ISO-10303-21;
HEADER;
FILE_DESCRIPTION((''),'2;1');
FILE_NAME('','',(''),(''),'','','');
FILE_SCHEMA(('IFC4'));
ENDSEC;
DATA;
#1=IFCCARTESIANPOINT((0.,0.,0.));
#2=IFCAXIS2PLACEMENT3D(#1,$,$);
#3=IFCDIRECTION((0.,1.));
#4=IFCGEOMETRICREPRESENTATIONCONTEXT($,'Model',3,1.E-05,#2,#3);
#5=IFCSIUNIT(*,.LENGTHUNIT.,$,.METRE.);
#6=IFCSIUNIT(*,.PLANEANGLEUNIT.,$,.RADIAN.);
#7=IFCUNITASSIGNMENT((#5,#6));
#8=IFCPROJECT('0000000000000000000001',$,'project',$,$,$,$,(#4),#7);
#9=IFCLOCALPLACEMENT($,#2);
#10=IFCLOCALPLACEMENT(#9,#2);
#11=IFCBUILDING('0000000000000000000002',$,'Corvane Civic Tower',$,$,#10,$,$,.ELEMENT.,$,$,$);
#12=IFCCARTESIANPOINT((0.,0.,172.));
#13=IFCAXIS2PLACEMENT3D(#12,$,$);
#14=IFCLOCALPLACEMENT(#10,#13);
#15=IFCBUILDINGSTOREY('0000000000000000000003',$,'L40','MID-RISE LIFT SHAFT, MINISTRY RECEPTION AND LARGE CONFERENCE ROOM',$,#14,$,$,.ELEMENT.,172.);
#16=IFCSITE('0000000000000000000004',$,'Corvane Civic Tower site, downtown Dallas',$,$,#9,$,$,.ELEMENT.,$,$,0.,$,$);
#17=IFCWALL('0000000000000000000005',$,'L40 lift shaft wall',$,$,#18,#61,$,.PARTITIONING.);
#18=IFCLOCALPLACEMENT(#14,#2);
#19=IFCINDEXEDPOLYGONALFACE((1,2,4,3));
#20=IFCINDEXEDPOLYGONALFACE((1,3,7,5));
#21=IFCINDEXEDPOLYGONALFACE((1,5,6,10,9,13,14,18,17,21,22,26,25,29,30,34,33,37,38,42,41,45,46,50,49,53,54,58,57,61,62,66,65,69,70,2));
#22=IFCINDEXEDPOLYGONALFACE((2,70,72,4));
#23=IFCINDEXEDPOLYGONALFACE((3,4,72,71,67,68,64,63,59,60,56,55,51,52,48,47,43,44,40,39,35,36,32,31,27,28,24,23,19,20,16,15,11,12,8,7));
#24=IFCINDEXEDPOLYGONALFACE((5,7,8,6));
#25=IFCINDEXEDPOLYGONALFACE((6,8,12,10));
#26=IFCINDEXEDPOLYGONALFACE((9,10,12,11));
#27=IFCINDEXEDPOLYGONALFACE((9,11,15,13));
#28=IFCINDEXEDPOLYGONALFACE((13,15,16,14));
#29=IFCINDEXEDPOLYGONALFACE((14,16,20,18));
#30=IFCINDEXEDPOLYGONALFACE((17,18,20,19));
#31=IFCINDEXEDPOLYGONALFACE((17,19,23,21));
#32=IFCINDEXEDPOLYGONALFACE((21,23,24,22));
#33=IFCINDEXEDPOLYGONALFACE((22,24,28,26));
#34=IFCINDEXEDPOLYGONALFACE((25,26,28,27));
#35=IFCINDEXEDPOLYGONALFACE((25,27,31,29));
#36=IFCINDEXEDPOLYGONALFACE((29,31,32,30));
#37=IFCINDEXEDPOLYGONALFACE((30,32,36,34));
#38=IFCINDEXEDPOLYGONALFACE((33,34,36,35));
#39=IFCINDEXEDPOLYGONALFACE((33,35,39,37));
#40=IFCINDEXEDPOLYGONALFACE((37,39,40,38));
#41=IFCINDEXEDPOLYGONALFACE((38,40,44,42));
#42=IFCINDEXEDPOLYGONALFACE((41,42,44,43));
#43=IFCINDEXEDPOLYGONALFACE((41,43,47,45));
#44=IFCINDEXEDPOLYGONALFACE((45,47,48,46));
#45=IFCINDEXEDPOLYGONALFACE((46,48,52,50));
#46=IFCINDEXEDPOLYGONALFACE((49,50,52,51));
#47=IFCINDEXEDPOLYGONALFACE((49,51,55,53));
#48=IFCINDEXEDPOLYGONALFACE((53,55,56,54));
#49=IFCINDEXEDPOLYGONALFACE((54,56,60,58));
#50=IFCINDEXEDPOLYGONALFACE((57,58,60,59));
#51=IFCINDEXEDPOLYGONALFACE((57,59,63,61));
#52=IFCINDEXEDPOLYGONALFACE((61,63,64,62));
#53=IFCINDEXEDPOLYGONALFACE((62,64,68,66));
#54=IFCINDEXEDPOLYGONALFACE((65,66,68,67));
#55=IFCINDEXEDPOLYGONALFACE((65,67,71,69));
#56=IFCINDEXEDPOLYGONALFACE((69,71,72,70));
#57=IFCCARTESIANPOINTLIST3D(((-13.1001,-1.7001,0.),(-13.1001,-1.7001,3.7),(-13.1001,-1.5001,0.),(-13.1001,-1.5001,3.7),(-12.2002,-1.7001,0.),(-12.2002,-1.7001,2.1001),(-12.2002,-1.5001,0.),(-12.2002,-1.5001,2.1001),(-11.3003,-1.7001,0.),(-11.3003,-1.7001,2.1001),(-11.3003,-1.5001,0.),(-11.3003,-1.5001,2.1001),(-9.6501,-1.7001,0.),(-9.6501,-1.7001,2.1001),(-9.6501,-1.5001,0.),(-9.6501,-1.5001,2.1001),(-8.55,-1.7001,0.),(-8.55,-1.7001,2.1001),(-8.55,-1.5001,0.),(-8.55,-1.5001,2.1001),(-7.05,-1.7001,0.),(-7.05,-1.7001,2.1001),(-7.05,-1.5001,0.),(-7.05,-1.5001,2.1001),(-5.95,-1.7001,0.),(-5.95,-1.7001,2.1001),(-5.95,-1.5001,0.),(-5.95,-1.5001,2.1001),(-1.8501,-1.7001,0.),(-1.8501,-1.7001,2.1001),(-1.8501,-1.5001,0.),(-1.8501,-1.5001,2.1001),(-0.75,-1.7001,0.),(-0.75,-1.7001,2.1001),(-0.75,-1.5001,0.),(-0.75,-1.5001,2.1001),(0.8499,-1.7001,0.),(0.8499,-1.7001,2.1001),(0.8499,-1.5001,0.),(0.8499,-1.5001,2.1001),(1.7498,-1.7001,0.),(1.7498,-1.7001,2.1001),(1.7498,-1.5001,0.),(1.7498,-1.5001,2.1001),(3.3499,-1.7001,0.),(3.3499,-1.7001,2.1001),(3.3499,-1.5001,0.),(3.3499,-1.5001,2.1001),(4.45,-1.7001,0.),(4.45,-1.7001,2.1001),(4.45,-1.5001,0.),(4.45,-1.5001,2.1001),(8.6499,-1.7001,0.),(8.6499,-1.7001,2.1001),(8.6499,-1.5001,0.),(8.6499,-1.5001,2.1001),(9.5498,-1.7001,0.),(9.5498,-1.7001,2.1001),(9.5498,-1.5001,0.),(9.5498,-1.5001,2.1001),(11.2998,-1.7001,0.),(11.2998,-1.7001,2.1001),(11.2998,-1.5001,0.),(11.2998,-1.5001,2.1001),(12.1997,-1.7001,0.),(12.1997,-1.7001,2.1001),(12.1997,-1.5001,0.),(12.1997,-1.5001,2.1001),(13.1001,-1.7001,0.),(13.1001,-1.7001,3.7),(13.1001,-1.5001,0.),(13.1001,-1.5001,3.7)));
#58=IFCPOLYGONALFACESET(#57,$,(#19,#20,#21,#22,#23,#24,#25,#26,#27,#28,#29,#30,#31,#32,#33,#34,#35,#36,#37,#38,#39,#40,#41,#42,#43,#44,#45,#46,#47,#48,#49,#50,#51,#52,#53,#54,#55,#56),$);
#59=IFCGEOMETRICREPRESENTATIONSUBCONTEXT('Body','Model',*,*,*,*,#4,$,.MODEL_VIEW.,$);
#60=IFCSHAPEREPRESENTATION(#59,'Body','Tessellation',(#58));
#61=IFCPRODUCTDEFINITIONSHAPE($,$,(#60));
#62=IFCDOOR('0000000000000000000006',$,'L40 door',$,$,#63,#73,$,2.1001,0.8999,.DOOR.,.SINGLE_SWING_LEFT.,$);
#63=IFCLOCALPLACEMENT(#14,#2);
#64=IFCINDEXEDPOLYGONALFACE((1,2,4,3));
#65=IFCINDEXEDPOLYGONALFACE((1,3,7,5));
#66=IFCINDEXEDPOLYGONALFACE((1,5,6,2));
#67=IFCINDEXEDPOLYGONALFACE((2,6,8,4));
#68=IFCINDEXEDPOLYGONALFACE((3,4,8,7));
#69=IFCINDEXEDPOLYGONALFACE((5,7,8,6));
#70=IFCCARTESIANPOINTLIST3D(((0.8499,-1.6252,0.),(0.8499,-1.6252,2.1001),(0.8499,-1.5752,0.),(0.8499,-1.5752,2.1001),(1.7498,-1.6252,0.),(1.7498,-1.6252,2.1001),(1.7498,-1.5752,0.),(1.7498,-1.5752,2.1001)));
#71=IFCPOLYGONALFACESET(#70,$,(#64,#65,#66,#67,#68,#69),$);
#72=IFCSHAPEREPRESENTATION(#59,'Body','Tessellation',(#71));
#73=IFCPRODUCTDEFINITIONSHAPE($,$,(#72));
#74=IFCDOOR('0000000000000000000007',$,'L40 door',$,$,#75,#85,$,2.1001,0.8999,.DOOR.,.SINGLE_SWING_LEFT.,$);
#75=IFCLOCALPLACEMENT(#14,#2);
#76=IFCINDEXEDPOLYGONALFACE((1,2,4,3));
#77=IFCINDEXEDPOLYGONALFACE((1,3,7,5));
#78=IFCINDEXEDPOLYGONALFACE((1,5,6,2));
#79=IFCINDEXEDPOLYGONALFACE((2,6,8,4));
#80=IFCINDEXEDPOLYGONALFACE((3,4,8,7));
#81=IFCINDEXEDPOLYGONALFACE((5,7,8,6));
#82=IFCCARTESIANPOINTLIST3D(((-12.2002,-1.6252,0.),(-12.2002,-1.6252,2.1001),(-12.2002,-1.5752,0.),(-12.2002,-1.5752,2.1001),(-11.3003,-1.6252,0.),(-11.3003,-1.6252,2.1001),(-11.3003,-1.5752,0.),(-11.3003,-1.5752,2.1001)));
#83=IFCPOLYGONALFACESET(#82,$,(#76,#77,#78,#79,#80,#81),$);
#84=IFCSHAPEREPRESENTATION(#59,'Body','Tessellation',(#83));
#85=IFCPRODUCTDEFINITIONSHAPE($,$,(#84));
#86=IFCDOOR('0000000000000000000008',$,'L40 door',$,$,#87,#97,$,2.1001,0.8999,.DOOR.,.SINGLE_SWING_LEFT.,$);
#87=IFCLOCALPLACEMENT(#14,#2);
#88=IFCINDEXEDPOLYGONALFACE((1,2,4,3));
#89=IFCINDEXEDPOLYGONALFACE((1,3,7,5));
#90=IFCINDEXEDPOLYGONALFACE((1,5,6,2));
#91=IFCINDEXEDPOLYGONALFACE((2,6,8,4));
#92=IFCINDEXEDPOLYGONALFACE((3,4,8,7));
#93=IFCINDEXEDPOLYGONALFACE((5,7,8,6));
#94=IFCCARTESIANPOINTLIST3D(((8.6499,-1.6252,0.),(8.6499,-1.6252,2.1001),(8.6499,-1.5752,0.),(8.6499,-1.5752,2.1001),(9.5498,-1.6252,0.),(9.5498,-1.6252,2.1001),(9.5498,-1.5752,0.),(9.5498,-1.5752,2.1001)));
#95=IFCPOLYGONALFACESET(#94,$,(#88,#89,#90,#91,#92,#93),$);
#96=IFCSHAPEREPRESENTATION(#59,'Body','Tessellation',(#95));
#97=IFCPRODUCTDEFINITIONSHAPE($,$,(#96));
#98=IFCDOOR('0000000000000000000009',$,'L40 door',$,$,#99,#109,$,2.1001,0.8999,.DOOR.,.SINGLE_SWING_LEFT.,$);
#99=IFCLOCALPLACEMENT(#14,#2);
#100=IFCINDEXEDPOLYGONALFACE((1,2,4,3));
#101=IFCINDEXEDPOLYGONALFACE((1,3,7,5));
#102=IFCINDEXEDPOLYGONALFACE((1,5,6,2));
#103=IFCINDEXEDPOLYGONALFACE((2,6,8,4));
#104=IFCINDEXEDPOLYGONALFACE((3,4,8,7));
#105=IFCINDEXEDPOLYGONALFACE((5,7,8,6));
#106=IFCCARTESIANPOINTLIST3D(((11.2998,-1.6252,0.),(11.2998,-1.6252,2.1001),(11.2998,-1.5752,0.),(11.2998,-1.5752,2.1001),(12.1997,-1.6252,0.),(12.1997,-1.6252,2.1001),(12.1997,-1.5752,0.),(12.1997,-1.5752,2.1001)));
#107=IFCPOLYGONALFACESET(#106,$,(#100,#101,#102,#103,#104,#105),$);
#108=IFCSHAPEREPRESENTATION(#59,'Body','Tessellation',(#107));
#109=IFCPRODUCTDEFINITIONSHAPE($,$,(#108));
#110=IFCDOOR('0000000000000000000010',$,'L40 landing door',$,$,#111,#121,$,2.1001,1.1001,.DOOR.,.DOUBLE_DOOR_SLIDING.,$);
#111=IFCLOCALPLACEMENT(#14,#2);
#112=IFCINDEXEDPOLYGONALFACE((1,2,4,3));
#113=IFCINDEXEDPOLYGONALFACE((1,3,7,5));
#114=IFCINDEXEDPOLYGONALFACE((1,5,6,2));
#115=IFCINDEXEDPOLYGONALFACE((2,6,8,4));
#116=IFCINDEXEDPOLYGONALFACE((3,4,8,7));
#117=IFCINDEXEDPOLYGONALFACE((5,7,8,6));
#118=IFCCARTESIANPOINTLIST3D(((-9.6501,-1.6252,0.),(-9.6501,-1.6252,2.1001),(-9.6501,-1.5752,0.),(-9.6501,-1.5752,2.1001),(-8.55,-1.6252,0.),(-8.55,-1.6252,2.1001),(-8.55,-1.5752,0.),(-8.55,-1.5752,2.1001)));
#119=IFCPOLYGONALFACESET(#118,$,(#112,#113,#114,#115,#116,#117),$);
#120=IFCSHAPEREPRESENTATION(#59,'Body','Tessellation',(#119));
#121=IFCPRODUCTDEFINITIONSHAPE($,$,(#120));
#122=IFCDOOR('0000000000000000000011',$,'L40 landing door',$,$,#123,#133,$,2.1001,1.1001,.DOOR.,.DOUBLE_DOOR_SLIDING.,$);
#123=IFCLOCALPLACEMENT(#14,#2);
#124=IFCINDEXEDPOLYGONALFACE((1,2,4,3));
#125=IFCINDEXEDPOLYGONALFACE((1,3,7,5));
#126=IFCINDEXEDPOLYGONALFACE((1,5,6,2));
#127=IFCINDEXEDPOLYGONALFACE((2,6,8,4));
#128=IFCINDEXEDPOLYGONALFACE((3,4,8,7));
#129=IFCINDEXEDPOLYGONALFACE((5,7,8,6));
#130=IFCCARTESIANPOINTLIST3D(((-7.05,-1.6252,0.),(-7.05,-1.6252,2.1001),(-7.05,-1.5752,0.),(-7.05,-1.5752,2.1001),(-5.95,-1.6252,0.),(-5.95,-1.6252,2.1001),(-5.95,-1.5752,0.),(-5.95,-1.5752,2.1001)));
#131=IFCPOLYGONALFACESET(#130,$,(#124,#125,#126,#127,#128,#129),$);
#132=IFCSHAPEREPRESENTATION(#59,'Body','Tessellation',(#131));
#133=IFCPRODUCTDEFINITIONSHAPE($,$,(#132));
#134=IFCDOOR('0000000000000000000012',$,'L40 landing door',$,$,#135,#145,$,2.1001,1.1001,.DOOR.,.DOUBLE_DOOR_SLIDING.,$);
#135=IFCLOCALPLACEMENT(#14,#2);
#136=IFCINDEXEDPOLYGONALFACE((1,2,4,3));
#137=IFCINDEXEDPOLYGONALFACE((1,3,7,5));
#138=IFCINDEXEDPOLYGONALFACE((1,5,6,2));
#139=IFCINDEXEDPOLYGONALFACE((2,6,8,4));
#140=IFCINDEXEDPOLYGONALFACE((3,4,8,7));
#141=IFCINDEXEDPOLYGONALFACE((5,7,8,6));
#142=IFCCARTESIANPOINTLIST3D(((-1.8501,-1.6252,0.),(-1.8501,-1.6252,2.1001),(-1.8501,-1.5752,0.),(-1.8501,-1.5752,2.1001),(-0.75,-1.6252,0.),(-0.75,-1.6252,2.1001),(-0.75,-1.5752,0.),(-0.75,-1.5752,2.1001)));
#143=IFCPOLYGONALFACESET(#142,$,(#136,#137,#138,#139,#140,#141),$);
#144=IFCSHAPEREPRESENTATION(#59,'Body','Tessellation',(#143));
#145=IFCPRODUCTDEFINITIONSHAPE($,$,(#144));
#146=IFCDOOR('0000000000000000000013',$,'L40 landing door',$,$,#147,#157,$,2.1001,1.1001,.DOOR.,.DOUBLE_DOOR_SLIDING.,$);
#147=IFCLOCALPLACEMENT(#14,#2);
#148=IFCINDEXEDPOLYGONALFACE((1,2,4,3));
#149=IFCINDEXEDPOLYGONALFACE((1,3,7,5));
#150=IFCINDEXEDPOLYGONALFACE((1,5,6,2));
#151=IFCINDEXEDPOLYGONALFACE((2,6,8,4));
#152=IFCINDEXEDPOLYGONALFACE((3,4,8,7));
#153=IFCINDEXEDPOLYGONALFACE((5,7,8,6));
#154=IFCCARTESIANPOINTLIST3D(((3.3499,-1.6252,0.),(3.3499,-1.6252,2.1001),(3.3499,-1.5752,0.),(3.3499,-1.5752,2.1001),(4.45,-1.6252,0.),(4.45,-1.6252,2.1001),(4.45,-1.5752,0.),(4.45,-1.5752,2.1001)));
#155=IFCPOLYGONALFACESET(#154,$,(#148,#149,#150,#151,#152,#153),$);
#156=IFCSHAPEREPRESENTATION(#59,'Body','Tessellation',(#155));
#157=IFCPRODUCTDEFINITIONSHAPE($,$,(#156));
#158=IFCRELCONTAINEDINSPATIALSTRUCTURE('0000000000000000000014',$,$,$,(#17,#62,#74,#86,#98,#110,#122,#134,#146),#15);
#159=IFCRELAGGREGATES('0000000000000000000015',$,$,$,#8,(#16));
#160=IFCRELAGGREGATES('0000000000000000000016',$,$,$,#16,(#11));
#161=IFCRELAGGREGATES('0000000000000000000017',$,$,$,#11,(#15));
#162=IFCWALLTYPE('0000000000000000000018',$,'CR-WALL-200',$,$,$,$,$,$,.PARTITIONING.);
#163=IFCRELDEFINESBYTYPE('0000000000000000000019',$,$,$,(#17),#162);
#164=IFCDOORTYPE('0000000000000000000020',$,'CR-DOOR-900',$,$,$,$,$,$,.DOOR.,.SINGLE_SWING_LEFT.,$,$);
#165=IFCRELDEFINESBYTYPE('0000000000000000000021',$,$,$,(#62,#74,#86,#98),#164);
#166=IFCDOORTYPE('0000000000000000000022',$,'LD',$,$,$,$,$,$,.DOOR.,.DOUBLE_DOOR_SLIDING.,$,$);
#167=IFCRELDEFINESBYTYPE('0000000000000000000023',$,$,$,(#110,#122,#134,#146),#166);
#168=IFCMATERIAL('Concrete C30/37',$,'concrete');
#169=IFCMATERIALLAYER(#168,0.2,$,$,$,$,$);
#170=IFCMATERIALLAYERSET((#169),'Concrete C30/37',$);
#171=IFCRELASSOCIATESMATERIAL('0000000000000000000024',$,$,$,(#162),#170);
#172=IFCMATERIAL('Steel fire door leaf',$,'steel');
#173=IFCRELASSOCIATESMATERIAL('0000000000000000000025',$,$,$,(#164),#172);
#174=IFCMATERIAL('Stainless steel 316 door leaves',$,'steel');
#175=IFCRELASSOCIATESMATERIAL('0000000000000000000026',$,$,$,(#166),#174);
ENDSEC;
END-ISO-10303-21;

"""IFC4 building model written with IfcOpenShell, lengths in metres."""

from ifc_helpers import new_model, si_unit, direction, frame, frame_2d, origin, place, context, subcontext, project, spatial, rectangle, extrude, material, layer, layer_set, type_object, element, fill, save


model = new_model("IFC4")

# Units and contexts
model_context = context("Model", 3, precision=1e-05, world=origin(), true_north=direction((0.0, 1.0)))
body_context = subcontext(model_context, "Body", "Model", "MODEL_VIEW")
ifc_project = project(units=[si_unit("LENGTHUNIT", "METRE"), si_unit("PLANEANGLEUNIT", "RADIAN")], contexts=[model_context])

# Site, building, storey
site_placement = place(None, origin())
site = spatial("IfcSite", under=ifc_project, at=site_placement, Name="Corvane Civic Tower site, downtown Dallas", CompositionType="ELEMENT", RefElevation=0.0)
building_placement = place(site_placement, origin())
building = spatial("IfcBuilding", under=site, at=building_placement, Name="Corvane Civic Tower", CompositionType="ELEMENT")
storey_placement = place(building_placement, frame((0.0, 0.0, 172.0)))
storey = spatial("IfcBuildingStorey", under=building, at=storey_placement, Name="L40", Description="MID-RISE LIFT SHAFT, MINISTRY RECEPTION AND LARGE CONFERENCE ROOM", CompositionType="ELEMENT", Elevation=172.0)

# Shared definitions
ifc_material_1 = material(Name="Concrete C30/37", Category="concrete")
ifc_layer_1 = layer(ifc_material_1, 0.2)
ifc_layer_set_1 = layer_set([ifc_layer_1], Name="Concrete C30/37")
wall_type_1 = type_object("IfcWallType", Name="CR-WALL-200", PredefinedType="PARTITIONING", material=ifc_layer_set_1)
ifc_material_2 = material(Name="Steel fire door leaf", Category="steel")
door_type_1 = type_object("IfcDoorType", Name="CR-DOOR-900", OperationType="SINGLE_SWING_LEFT", PredefinedType="DOOR", material=ifc_material_2)

# Wall, openings, doors
wall_1_placement = place(storey_placement, frame((-13.1001, -1.6001, 0.0), z_axis=(0.0, 0.0, 1.0), x_axis=(1.0, 0.0, 0.0)))
wall_1 = element("IfcWall", 1, at=wall_1_placement, inside=storey, type_object=wall_type_1, Name="L40 lift shaft wall", PredefinedType="PARTITIONING", context=body_context, shape_type="SweptSolid", body=[
    extrude(rectangle(XDim=26.2002, YDim=0.2, at=frame_2d((13.1001, 0.0))), origin(), (0.0, 0.0, 1.0), 3.7),
])
opening_1_placement = place(wall_1_placement, frame((3.45, 0.0, 0.0)))
opening_1 = element("IfcOpeningElement", 2, at=opening_1_placement, cuts=wall_1, PredefinedType="OPENING", context=body_context, shape_type="SweptSolid", body=[
    extrude(rectangle(XDim=1.1001, YDim=2.1001, at=frame_2d((0.55, 1.05))), frame((0.0, 0.1099, 0.0), z_axis=(0.0, -1.0, 0.0), x_axis=(1.0, 0.0, 0.0)), (0.0, 0.0, 1.0), 0.22),
])
opening_2_placement = place(wall_1_placement, frame((6.05, 0.0, 0.0)))
opening_2 = element("IfcOpeningElement", 3, at=opening_2_placement, cuts=wall_1, PredefinedType="OPENING", context=body_context, shape_type="SweptSolid", body=[
    extrude(rectangle(XDim=1.1001, YDim=2.1001, at=frame_2d((0.55, 1.05))), frame((0.0, 0.1099, 0.0), z_axis=(0.0, -1.0, 0.0), x_axis=(1.0, 0.0, 0.0)), (0.0, 0.0, 1.0), 0.22),
])
opening_3_placement = place(wall_1_placement, frame((11.25, 0.0, 0.0)))
opening_3 = element("IfcOpeningElement", 4, at=opening_3_placement, cuts=wall_1, PredefinedType="OPENING", context=body_context, shape_type="SweptSolid", body=[
    extrude(rectangle(XDim=1.1001, YDim=2.1001, at=frame_2d((0.55, 1.05))), frame((0.0, 0.1099, 0.0), z_axis=(0.0, -1.0, 0.0), x_axis=(1.0, 0.0, 0.0)), (0.0, 0.0, 1.0), 0.22),
])
opening_4_placement = place(wall_1_placement, frame((13.95, 0.0, 0.0)))
opening_4 = element("IfcOpeningElement", 5, at=opening_4_placement, cuts=wall_1, PredefinedType="OPENING", context=body_context, shape_type="SweptSolid", body=[
    extrude(rectangle(XDim=0.8999, YDim=2.1001, at=frame_2d((0.45, 1.05))), frame((0.0, 0.1099, 0.0), z_axis=(0.0, -1.0, 0.0), x_axis=(1.0, 0.0, 0.0)), (0.0, 0.0, 1.0), 0.22),
])
opening_5_placement = place(wall_1_placement, frame((16.45, 0.0, 0.0)))
opening_5 = element("IfcOpeningElement", 6, at=opening_5_placement, cuts=wall_1, PredefinedType="OPENING", context=body_context, shape_type="SweptSolid", body=[
    extrude(rectangle(XDim=1.1001, YDim=2.1001, at=frame_2d((0.55, 1.05))), frame((0.0, 0.1099, 0.0), z_axis=(0.0, -1.0, 0.0), x_axis=(1.0, 0.0, 0.0)), (0.0, 0.0, 1.0), 0.22),
])
opening_6_placement = place(wall_1_placement, frame((0.8999, 0.0, 0.0)))
opening_6 = element("IfcOpeningElement", 7, at=opening_6_placement, cuts=wall_1, PredefinedType="OPENING", context=body_context, shape_type="SweptSolid", body=[
    extrude(rectangle(XDim=0.8999, YDim=2.1001, at=frame_2d((0.45, 1.05))), frame((0.0, 0.1099, 0.0), z_axis=(0.0, -1.0, 0.0), x_axis=(1.0, 0.0, 0.0)), (0.0, 0.0, 1.0), 0.22),
])
opening_7_placement = place(wall_1_placement, frame((21.75, 0.0, 0.0)))
opening_7 = element("IfcOpeningElement", 8, at=opening_7_placement, cuts=wall_1, PredefinedType="OPENING", context=body_context, shape_type="SweptSolid", body=[
    extrude(rectangle(XDim=0.8999, YDim=2.1001, at=frame_2d((0.45, 1.05))), frame((0.0, 0.1099, 0.0), z_axis=(0.0, -1.0, 0.0), x_axis=(1.0, 0.0, 0.0)), (0.0, 0.0, 1.0), 0.22),
])
opening_8_placement = place(wall_1_placement, frame((24.3999, 0.0, 0.0)))
opening_8 = element("IfcOpeningElement", 9, at=opening_8_placement, cuts=wall_1, PredefinedType="OPENING", context=body_context, shape_type="SweptSolid", body=[
    extrude(rectangle(XDim=0.8999, YDim=2.1001, at=frame_2d((0.45, 1.05))), frame((0.0, 0.1099, 0.0), z_axis=(0.0, -1.0, 0.0), x_axis=(1.0, 0.0, 0.0)), (0.0, 0.0, 1.0), 0.22),
])
door_1_placement = place(opening_4_placement, origin())
door_1 = element("IfcDoor", 10, at=door_1_placement, inside=storey, type_object=door_type_1, Name="L40 door", OperationType="SINGLE_SWING_LEFT", OverallHeight=2.1001, OverallWidth=0.8999, PredefinedType="DOOR", context=body_context, shape_type="SweptSolid", body=[
    extrude(rectangle(XDim=0.8999, YDim=2.1001, at=frame_2d((0.45, 1.05))), frame((0.0, 0.0249, 0.0), z_axis=(0.0, -1.0, 0.0), x_axis=(1.0, 0.0, 0.0)), (0.0, 0.0, 1.0), 0.05),
])
fill(opening_4, door_1)
door_2_placement = place(opening_6_placement, origin())
door_2 = element("IfcDoor", 11, at=door_2_placement, inside=storey, type_object=door_type_1, Name="L40 door", OperationType="SINGLE_SWING_LEFT", OverallHeight=2.1001, OverallWidth=0.8999, PredefinedType="DOOR", context=body_context, shape_type="SweptSolid", body=[
    extrude(rectangle(XDim=0.8999, YDim=2.1001, at=frame_2d((0.45, 1.05))), frame((0.0, 0.0249, 0.0), z_axis=(0.0, -1.0, 0.0), x_axis=(1.0, 0.0, 0.0)), (0.0, 0.0, 1.0), 0.05),
])
fill(opening_6, door_2)
door_3_placement = place(opening_7_placement, origin())
door_3 = element("IfcDoor", 12, at=door_3_placement, inside=storey, type_object=door_type_1, Name="L40 door", OperationType="SINGLE_SWING_LEFT", OverallHeight=2.1001, OverallWidth=0.8999, PredefinedType="DOOR", context=body_context, shape_type="SweptSolid", body=[
    extrude(rectangle(XDim=0.8999, YDim=2.1001, at=frame_2d((0.45, 1.05))), frame((0.0, 0.0249, 0.0), z_axis=(0.0, -1.0, 0.0), x_axis=(1.0, 0.0, 0.0)), (0.0, 0.0, 1.0), 0.05),
])
fill(opening_7, door_3)
door_4_placement = place(opening_8_placement, origin())
door_4 = element("IfcDoor", 13, at=door_4_placement, inside=storey, type_object=door_type_1, Name="L40 door", OperationType="SINGLE_SWING_LEFT", OverallHeight=2.1001, OverallWidth=0.8999, PredefinedType="DOOR", context=body_context, shape_type="SweptSolid", body=[
    extrude(rectangle(XDim=0.8999, YDim=2.1001, at=frame_2d((0.45, 1.05))), frame((0.0, 0.0249, 0.0), z_axis=(0.0, -1.0, 0.0), x_axis=(1.0, 0.0, 0.0)), (0.0, 0.0, 1.0), 0.05),
])
fill(opening_8, door_4)
ifc_material_3 = material(Name="Stainless steel 316 door leaves", Category="steel")
door_type_2 = type_object("IfcDoorType", Name="LD", OperationType="DOUBLE_DOOR_SLIDING", PredefinedType="DOOR", material=ifc_material_3)
door_5_placement = place(opening_1_placement, origin())
door_5 = element("IfcDoor", 14, at=door_5_placement, inside=storey, type_object=door_type_2, Name="L40 landing door", OperationType="DOUBLE_DOOR_SLIDING", OverallHeight=2.1001, OverallWidth=1.1001, PredefinedType="DOOR", context=body_context, shape_type="SweptSolid", body=[
    extrude(rectangle(XDim=1.1001, YDim=2.1001, at=frame_2d((0.55, 1.05))), frame((0.0, 0.0249, 0.0), z_axis=(0.0, -1.0, 0.0), x_axis=(1.0, 0.0, 0.0)), (0.0, 0.0, 1.0), 0.05),
])
fill(opening_1, door_5)
door_6_placement = place(opening_2_placement, origin())
door_6 = element("IfcDoor", 15, at=door_6_placement, inside=storey, type_object=door_type_2, Name="L40 landing door", OperationType="DOUBLE_DOOR_SLIDING", OverallHeight=2.1001, OverallWidth=1.1001, PredefinedType="DOOR", context=body_context, shape_type="SweptSolid", body=[
    extrude(rectangle(XDim=1.1001, YDim=2.1001, at=frame_2d((0.55, 1.05))), frame((0.0, 0.0249, 0.0), z_axis=(0.0, -1.0, 0.0), x_axis=(1.0, 0.0, 0.0)), (0.0, 0.0, 1.0), 0.05),
])
fill(opening_2, door_6)
door_7_placement = place(opening_3_placement, origin())
door_7 = element("IfcDoor", 16, at=door_7_placement, inside=storey, type_object=door_type_2, Name="L40 landing door", OperationType="DOUBLE_DOOR_SLIDING", OverallHeight=2.1001, OverallWidth=1.1001, PredefinedType="DOOR", context=body_context, shape_type="SweptSolid", body=[
    extrude(rectangle(XDim=1.1001, YDim=2.1001, at=frame_2d((0.55, 1.05))), frame((0.0, 0.0249, 0.0), z_axis=(0.0, -1.0, 0.0), x_axis=(1.0, 0.0, 0.0)), (0.0, 0.0, 1.0), 0.05),
])
fill(opening_3, door_7)
door_8_placement = place(opening_5_placement, origin())
door_8 = element("IfcDoor", 17, at=door_8_placement, inside=storey, type_object=door_type_2, Name="L40 landing door", OperationType="DOUBLE_DOOR_SLIDING", OverallHeight=2.1001, OverallWidth=1.1001, PredefinedType="DOOR", context=body_context, shape_type="SweptSolid", body=[
    extrude(rectangle(XDim=1.1001, YDim=2.1001, at=frame_2d((0.55, 1.05))), frame((0.0, 0.0249, 0.0), z_axis=(0.0, -1.0, 0.0), x_axis=(1.0, 0.0, 0.0)), (0.0, 0.0, 1.0), 0.05),
])
fill(opening_5, door_8)

save(model, "model.ifc")
